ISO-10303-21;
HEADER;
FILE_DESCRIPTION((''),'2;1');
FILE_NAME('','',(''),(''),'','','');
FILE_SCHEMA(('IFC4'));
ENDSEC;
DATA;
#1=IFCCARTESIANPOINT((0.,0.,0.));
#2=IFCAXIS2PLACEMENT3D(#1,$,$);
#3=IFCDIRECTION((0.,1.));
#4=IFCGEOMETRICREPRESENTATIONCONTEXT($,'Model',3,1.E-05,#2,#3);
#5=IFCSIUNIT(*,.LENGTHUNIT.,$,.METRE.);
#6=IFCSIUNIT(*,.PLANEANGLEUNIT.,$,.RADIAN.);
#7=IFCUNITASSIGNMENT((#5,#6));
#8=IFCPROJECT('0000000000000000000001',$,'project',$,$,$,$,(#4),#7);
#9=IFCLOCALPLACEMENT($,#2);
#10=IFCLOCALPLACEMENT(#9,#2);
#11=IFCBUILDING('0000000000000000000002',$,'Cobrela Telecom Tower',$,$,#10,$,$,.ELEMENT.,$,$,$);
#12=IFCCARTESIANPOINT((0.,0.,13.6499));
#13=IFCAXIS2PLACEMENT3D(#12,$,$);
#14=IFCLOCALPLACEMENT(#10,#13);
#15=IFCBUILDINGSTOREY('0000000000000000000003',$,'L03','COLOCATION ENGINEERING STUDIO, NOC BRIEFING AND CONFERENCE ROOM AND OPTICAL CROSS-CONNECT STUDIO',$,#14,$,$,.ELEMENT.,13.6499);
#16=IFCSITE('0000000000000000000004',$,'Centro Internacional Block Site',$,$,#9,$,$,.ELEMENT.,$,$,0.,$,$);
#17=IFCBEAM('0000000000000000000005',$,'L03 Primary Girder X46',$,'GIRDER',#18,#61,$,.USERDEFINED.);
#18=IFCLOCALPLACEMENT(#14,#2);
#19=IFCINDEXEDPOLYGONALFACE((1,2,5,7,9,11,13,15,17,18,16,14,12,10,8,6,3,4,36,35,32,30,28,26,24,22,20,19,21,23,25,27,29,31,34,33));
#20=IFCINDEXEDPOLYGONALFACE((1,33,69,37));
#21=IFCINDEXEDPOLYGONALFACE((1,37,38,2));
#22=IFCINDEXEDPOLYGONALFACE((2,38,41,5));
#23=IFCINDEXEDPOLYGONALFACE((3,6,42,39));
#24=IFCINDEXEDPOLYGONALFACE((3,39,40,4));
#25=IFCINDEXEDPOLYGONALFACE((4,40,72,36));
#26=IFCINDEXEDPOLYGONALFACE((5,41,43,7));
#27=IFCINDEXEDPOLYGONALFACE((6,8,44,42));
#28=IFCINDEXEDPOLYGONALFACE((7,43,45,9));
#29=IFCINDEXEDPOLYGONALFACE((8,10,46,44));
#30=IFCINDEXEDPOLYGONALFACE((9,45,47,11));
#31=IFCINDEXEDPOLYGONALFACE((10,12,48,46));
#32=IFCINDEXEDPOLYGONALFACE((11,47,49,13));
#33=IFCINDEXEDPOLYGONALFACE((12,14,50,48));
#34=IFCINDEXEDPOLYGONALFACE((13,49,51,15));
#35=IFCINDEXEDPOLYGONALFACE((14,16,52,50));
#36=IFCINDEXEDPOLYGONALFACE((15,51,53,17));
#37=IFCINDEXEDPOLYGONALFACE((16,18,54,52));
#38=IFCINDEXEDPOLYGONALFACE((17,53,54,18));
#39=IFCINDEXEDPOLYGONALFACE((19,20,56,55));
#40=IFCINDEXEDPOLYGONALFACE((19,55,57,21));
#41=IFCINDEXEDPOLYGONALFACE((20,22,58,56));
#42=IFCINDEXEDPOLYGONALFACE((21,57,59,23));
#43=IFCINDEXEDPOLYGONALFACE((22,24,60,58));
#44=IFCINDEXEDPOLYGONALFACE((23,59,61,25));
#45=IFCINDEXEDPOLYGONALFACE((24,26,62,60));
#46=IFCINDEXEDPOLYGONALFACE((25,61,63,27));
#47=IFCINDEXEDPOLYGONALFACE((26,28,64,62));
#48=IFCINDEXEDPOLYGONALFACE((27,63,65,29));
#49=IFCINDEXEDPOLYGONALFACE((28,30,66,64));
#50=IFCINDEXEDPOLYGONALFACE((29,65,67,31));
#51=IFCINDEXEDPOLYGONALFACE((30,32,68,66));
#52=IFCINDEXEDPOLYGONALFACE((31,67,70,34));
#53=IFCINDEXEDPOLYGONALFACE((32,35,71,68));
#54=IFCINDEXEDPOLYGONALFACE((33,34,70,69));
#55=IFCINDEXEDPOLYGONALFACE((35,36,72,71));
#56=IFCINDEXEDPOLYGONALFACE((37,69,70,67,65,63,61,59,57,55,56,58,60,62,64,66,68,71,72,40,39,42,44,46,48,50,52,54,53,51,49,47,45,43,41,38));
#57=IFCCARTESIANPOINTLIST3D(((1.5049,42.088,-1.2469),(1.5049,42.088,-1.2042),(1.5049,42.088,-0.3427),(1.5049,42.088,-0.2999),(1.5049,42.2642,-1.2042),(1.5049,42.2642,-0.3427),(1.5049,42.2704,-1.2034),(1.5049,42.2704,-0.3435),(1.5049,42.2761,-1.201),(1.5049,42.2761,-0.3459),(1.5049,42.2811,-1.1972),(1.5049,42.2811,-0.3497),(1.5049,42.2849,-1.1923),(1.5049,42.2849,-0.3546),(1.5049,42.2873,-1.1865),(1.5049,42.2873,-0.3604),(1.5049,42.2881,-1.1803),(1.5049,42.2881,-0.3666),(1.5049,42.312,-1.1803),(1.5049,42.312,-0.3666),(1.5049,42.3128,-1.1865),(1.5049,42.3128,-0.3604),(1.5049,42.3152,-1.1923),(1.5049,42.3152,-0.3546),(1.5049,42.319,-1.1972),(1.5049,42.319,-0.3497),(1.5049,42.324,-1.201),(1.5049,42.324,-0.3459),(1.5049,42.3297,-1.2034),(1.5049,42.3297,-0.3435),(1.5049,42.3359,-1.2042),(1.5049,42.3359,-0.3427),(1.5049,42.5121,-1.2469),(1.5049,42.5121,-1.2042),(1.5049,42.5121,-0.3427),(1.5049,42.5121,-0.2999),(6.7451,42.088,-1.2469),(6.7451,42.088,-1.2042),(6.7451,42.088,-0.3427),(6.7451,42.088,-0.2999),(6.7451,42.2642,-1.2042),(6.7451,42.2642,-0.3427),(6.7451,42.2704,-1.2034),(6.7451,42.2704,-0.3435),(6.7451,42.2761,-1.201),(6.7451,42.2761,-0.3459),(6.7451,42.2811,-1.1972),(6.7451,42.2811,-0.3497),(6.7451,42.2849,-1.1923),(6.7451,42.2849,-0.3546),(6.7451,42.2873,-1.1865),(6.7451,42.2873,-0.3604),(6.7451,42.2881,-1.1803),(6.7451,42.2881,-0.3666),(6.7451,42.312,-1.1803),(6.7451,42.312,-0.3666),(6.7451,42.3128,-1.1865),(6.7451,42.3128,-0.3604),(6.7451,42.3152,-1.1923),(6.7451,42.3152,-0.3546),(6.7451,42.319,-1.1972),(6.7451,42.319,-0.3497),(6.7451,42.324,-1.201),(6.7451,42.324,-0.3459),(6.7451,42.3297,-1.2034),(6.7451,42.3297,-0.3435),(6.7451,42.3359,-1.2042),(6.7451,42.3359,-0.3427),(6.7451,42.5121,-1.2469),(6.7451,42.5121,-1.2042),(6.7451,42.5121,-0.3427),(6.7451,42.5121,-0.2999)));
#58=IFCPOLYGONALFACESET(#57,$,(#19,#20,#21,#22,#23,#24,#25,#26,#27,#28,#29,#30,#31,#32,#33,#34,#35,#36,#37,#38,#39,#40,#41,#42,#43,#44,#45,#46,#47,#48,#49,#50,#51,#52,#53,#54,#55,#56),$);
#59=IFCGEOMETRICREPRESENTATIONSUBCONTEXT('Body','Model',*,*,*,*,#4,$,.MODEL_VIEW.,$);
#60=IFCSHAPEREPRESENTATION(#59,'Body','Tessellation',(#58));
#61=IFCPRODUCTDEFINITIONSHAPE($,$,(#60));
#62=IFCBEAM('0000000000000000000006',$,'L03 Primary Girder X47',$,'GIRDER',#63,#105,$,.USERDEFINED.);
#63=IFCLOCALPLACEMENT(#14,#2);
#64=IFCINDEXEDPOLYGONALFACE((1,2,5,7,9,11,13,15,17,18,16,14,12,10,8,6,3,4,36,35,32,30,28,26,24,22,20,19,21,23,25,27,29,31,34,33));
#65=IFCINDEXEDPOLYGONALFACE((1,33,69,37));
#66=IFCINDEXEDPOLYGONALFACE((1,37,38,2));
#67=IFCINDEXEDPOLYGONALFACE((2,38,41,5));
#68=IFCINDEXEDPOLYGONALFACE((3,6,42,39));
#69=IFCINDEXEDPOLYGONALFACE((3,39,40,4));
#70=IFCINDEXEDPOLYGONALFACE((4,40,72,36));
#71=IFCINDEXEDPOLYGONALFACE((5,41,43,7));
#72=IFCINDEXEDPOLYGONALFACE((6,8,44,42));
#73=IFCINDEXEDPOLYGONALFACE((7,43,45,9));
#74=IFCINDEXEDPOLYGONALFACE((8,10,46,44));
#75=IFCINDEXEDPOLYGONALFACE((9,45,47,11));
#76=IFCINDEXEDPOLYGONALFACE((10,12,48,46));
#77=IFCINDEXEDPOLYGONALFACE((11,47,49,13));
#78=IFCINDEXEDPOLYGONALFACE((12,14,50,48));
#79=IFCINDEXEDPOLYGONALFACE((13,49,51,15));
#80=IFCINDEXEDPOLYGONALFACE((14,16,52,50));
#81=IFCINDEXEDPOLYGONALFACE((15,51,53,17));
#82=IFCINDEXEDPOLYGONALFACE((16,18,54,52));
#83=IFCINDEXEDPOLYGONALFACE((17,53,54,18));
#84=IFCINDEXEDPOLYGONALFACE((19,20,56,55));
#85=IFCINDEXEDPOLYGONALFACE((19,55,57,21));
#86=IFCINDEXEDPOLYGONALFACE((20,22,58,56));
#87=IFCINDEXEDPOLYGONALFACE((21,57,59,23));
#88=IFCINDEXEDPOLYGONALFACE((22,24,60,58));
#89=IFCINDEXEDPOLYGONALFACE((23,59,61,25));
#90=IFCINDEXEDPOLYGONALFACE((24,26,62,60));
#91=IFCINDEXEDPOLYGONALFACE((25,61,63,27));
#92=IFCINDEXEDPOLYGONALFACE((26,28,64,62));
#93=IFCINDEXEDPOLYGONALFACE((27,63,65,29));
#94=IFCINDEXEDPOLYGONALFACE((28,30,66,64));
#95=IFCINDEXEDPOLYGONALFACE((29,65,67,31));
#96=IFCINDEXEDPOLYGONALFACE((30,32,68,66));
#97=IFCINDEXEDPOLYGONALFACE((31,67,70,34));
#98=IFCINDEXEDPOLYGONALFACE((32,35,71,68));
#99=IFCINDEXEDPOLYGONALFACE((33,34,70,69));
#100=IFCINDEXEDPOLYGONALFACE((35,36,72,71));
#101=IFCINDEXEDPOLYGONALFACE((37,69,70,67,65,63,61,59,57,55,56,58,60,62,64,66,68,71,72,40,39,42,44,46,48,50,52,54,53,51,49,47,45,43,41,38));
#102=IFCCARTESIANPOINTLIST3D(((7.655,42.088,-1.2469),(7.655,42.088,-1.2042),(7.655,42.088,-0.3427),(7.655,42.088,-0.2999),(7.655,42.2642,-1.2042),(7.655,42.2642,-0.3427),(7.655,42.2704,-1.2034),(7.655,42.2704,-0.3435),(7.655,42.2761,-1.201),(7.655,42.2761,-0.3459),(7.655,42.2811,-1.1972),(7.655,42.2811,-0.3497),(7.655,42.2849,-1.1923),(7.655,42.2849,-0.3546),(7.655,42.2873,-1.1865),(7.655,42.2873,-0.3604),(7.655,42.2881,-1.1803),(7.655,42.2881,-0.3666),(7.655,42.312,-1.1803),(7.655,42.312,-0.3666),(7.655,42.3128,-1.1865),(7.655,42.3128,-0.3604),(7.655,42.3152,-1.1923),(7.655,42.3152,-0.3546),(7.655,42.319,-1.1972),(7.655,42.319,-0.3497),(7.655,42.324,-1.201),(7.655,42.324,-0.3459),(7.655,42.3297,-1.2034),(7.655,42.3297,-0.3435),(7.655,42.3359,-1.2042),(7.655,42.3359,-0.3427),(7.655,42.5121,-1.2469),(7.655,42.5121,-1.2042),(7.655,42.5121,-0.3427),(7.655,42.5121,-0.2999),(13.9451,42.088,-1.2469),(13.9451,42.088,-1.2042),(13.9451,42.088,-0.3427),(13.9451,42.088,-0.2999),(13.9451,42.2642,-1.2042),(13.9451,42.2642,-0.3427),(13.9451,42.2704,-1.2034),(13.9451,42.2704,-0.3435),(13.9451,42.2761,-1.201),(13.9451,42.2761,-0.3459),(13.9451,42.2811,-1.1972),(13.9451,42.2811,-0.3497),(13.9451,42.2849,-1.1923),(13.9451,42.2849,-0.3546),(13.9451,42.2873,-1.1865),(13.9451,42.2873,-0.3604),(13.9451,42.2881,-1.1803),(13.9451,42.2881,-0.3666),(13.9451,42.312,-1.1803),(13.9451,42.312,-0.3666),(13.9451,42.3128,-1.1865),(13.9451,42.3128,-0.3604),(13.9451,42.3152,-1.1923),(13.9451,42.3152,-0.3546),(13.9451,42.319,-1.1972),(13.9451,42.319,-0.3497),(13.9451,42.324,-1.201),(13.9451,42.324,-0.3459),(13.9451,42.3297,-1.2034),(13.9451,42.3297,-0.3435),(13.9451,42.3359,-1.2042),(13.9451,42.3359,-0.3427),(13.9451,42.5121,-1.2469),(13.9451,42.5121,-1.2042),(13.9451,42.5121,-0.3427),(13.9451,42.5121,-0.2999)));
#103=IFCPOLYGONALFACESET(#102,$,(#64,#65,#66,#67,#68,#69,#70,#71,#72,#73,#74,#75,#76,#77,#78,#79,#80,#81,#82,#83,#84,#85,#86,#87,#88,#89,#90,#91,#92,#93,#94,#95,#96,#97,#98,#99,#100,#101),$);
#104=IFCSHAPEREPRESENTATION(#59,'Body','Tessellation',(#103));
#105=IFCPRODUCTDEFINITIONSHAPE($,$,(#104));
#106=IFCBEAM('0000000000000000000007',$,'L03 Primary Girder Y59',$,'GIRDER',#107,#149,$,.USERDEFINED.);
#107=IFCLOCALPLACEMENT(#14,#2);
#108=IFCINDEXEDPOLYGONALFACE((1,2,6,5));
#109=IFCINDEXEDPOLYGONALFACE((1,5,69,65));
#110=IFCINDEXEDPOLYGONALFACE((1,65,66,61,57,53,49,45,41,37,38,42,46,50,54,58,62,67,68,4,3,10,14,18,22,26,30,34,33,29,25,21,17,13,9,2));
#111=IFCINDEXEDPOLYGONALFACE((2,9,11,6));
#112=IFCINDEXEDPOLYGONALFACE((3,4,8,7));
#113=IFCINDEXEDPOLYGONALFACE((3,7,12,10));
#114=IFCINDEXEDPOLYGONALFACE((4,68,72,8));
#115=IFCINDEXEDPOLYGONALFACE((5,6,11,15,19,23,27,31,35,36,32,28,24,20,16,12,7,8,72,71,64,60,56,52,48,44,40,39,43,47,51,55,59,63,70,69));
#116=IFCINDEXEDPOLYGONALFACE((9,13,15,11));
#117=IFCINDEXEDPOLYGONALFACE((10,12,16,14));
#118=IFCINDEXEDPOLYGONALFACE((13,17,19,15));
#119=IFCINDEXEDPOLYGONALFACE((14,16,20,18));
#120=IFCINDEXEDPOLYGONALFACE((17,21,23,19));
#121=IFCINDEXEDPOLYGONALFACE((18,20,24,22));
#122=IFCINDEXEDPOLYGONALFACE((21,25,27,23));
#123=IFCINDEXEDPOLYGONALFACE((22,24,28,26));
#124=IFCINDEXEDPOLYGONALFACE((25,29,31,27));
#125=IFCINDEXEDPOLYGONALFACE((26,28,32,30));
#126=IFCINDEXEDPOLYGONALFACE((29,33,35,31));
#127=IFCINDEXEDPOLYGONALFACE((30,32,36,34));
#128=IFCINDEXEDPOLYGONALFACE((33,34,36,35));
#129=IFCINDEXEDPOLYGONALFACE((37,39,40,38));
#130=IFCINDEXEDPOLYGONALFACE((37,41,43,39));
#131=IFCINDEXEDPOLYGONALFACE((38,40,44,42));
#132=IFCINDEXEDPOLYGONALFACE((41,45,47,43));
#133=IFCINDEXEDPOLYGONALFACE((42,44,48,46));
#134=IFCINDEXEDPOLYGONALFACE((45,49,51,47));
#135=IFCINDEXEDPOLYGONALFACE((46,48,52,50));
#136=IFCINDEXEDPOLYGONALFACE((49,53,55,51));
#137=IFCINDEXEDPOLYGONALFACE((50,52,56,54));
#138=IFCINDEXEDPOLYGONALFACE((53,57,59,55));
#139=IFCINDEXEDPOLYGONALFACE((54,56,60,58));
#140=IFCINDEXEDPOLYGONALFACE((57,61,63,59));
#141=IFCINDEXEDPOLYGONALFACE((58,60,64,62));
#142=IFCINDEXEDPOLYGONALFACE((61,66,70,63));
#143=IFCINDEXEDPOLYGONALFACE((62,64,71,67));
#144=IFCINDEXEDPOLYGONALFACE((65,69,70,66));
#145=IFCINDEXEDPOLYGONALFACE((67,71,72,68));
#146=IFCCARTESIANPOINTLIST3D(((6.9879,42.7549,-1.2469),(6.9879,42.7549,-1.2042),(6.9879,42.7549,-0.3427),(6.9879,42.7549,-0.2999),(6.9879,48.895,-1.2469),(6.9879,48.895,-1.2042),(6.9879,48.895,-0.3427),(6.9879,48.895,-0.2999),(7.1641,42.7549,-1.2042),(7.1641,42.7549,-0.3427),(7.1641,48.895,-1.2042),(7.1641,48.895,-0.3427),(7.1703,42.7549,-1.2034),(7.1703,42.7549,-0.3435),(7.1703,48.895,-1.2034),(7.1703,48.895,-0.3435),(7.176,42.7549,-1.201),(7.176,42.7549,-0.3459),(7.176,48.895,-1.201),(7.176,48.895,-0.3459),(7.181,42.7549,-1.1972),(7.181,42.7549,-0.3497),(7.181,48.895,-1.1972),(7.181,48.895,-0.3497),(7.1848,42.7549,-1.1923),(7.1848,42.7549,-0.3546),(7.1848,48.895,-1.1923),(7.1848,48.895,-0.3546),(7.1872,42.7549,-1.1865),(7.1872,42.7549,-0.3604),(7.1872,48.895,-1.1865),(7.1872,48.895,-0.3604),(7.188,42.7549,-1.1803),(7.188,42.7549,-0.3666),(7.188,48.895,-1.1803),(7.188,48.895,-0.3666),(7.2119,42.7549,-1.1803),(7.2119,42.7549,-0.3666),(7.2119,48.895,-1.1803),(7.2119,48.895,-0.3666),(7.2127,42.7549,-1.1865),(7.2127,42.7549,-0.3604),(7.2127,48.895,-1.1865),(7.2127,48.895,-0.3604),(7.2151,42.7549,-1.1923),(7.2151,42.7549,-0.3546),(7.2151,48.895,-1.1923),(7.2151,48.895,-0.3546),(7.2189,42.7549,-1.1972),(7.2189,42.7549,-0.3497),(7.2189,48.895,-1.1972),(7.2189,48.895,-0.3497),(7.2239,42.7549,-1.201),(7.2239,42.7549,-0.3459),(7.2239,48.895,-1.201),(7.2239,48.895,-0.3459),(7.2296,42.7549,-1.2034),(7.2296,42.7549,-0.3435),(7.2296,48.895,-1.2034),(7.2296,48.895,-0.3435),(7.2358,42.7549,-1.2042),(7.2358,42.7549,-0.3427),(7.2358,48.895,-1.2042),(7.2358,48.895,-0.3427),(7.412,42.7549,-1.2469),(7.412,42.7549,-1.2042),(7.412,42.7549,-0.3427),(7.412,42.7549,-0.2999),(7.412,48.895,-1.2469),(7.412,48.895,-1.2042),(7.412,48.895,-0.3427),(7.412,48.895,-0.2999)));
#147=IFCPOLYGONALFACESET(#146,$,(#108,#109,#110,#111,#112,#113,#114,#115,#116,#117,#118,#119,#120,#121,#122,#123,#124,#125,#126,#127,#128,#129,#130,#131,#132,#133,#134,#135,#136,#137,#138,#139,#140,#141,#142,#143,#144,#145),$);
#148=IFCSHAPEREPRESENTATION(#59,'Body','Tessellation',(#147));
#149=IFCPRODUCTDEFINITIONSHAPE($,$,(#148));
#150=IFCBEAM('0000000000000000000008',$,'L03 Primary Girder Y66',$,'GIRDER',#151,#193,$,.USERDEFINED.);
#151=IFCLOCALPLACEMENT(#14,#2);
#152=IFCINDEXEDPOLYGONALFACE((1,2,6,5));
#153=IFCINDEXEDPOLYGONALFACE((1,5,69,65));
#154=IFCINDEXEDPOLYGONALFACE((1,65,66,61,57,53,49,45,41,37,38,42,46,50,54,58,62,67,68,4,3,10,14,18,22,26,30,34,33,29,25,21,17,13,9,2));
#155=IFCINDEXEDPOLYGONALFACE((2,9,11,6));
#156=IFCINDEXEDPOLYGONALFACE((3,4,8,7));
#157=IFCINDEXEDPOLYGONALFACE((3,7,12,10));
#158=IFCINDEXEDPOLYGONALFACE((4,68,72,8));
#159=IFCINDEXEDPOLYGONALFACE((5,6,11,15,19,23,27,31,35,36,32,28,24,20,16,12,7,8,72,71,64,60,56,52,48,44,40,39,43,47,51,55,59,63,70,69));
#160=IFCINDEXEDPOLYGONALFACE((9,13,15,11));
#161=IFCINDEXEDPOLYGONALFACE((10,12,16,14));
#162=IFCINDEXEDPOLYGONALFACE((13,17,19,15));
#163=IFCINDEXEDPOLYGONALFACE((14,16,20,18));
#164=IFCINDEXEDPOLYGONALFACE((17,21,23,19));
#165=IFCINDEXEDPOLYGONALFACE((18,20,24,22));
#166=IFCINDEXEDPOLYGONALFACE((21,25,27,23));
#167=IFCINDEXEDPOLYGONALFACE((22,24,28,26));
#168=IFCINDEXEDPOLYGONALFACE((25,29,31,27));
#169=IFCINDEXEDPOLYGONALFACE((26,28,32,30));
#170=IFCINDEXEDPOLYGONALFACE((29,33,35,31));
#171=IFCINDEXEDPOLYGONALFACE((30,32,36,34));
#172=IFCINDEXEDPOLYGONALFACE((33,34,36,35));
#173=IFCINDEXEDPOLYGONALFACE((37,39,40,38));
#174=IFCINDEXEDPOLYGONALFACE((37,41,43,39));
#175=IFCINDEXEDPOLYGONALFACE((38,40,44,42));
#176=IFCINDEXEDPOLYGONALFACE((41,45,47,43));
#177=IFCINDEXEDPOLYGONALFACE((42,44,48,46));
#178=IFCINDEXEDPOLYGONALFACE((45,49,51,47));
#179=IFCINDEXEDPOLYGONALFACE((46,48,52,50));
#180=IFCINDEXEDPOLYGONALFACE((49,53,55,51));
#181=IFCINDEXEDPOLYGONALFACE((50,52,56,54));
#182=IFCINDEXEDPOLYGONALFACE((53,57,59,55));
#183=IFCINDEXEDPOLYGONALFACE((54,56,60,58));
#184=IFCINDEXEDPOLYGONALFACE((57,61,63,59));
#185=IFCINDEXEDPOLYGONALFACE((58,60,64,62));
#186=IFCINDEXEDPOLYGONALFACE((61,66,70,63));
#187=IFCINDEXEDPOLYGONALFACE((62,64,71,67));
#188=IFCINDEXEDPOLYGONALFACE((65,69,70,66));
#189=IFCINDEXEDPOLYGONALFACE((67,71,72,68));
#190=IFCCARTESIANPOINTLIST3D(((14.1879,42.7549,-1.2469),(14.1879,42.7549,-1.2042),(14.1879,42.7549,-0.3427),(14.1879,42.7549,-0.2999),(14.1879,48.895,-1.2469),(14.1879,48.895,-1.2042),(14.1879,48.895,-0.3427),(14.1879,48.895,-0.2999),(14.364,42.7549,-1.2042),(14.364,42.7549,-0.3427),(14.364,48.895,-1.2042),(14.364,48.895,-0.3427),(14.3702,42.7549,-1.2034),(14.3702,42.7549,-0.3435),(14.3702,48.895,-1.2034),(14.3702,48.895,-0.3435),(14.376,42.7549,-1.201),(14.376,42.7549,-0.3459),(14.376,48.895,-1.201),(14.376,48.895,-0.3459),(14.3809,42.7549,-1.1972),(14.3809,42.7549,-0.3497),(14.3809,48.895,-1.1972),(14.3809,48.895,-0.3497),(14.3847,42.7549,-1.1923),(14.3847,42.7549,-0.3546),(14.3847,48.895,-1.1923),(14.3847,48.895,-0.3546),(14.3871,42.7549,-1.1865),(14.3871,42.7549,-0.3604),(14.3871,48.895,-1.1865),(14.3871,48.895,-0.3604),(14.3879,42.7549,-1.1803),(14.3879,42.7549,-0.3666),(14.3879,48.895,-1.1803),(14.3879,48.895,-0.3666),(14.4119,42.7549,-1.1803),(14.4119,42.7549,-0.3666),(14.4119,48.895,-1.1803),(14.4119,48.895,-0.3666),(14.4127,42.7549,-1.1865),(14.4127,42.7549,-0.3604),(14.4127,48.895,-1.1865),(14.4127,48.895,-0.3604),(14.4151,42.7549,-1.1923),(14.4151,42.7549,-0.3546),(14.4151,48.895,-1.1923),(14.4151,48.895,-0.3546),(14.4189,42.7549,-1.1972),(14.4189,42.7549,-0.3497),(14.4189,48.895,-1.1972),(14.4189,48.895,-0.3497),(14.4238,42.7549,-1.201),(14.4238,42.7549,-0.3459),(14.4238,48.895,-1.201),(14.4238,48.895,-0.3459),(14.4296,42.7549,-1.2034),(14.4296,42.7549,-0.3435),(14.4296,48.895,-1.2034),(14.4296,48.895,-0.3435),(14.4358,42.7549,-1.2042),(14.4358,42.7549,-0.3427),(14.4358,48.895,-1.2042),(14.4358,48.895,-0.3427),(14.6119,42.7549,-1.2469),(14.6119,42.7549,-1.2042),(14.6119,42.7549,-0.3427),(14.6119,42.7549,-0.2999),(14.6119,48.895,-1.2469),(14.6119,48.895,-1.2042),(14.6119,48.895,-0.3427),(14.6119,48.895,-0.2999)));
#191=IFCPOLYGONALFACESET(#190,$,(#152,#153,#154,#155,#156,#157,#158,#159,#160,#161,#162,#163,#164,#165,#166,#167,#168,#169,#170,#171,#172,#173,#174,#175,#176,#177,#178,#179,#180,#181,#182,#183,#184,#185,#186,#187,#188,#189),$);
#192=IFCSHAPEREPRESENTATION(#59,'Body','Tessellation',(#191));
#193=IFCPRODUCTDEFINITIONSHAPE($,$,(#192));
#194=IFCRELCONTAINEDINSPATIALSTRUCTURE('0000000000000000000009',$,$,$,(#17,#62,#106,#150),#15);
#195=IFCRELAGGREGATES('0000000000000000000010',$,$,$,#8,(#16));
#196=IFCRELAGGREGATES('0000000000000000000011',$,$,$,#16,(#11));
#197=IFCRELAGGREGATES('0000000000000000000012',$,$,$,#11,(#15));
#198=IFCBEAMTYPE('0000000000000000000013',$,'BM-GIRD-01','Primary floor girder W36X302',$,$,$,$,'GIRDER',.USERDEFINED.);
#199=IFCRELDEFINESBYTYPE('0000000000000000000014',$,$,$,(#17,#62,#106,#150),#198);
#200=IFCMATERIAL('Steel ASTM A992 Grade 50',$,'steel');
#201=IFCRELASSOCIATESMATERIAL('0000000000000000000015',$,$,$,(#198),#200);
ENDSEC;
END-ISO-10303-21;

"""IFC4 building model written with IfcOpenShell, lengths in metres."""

from ifc_helpers import new_model, si_unit, direction, frame, origin, origin_2d, place, context, subcontext, project, spatial, i_section, extrude, material, material_profile, profile_set, type_object, element, save


model = new_model("IFC4")

# Units and contexts
model_context = context("Model", 3, precision=1e-05, world=origin(), true_north=direction((0.0, 1.0)))
body_context = subcontext(model_context, "Body", "Model", "MODEL_VIEW")
ifc_project = project(units=[si_unit("LENGTHUNIT", "METRE"), si_unit("PLANEANGLEUNIT", "RADIAN")], contexts=[model_context])

# Site, building, storey
site_placement = place(None, origin())
site = spatial("IfcSite", under=ifc_project, at=site_placement, Name="Centro Internacional Block Site", CompositionType="ELEMENT", RefElevation=0.0)
building_placement = place(site_placement, origin())
building = spatial("IfcBuilding", under=site, at=building_placement, Name="Cobrela Telecom Tower", CompositionType="ELEMENT")
storey_placement = place(building_placement, frame((0.0, 0.0, 13.6499)))
storey = spatial("IfcBuildingStorey", under=building, at=storey_placement, Name="L03", Description="COLOCATION ENGINEERING STUDIO, NOC BRIEFING AND CONFERENCE ROOM AND OPTICAL CROSS-CONNECT STUDIO", CompositionType="ELEMENT", Elevation=13.6499)

# Beams
ifc_material_1 = material(Name="Steel ASTM A992 Grade 50", Category="steel")
ifc_material_profile_1 = material_profile(ifc_material_1, i_section(OverallWidth=0.4241, OverallDepth=0.947, WebThickness=0.0239, FlangeThickness=0.0427, FilletRadius=0.0239, at=origin_2d()), Name="W36X302")
ifc_profile_set_1 = profile_set([ifc_material_profile_1], Name="Steel ASTM A992 Grade 50")
beam_type_1 = type_object("IfcBeamType", Name="BM-GIRD-01", Description="Primary floor girder W36X302", ElementType="GIRDER", PredefinedType="USERDEFINED", material=ifc_profile_set_1)
beam_1_placement = place(storey_placement, frame((1.5049, 42.3, -0.7734), z_axis=(1.0, 0.0, 0.0), x_axis=(0.0, 1.0, 0.0)))
element("IfcBeam", 1, at=beam_1_placement, inside=storey, type_object=beam_type_1, Name="L03 Primary Girder X46", ObjectType="GIRDER", PredefinedType="USERDEFINED", context=body_context, shape_type="SweptSolid", body=[
    extrude(i_section(OverallWidth=0.4241, OverallDepth=0.947, WebThickness=0.0239, FlangeThickness=0.0427, FilletRadius=0.0239, at=origin_2d()), origin(), (0.0, 0.0, 1.0), 5.2402),
])
beam_2_placement = place(storey_placement, frame((7.655, 42.3, -0.7734), z_axis=(1.0, 0.0, 0.0), x_axis=(0.0, 1.0, 0.0)))
element("IfcBeam", 2, at=beam_2_placement, inside=storey, type_object=beam_type_1, Name="L03 Primary Girder X47", ObjectType="GIRDER", PredefinedType="USERDEFINED", context=body_context, shape_type="SweptSolid", body=[
    extrude(i_section(OverallWidth=0.4241, OverallDepth=0.947, WebThickness=0.0239, FlangeThickness=0.0427, FilletRadius=0.0239, at=origin_2d()), origin(), (0.0, 0.0, 1.0), 6.29),
])
for number, where, z_axis, x_axis, name in (
    (3, (7.2, 42.7549, -0.7734), (0.0, 1.0, 0.0), (-1.0, 0.0, 0.0), "L03 Primary Girder Y59"),
    (4, (14.3999, 42.7549, -0.7734), (0.0, 1.0, 0.0), (-1.0, 0.0, 0.0), "L03 Primary Girder Y66"),
):
    element("IfcBeam", number, at=place(storey_placement, frame(where, z_axis=z_axis, x_axis=x_axis)), inside=storey, type_object=beam_type_1, Name=name, ObjectType="GIRDER", PredefinedType="USERDEFINED", context=body_context, shape_type="SweptSolid", body=[
        extrude(i_section(OverallWidth=0.4241, OverallDepth=0.947, WebThickness=0.0239, FlangeThickness=0.0427, FilletRadius=0.0239, at=origin_2d()), origin(), (0.0, 0.0, 1.0), 6.1401),
    ])

save(model, "model.ifc")
